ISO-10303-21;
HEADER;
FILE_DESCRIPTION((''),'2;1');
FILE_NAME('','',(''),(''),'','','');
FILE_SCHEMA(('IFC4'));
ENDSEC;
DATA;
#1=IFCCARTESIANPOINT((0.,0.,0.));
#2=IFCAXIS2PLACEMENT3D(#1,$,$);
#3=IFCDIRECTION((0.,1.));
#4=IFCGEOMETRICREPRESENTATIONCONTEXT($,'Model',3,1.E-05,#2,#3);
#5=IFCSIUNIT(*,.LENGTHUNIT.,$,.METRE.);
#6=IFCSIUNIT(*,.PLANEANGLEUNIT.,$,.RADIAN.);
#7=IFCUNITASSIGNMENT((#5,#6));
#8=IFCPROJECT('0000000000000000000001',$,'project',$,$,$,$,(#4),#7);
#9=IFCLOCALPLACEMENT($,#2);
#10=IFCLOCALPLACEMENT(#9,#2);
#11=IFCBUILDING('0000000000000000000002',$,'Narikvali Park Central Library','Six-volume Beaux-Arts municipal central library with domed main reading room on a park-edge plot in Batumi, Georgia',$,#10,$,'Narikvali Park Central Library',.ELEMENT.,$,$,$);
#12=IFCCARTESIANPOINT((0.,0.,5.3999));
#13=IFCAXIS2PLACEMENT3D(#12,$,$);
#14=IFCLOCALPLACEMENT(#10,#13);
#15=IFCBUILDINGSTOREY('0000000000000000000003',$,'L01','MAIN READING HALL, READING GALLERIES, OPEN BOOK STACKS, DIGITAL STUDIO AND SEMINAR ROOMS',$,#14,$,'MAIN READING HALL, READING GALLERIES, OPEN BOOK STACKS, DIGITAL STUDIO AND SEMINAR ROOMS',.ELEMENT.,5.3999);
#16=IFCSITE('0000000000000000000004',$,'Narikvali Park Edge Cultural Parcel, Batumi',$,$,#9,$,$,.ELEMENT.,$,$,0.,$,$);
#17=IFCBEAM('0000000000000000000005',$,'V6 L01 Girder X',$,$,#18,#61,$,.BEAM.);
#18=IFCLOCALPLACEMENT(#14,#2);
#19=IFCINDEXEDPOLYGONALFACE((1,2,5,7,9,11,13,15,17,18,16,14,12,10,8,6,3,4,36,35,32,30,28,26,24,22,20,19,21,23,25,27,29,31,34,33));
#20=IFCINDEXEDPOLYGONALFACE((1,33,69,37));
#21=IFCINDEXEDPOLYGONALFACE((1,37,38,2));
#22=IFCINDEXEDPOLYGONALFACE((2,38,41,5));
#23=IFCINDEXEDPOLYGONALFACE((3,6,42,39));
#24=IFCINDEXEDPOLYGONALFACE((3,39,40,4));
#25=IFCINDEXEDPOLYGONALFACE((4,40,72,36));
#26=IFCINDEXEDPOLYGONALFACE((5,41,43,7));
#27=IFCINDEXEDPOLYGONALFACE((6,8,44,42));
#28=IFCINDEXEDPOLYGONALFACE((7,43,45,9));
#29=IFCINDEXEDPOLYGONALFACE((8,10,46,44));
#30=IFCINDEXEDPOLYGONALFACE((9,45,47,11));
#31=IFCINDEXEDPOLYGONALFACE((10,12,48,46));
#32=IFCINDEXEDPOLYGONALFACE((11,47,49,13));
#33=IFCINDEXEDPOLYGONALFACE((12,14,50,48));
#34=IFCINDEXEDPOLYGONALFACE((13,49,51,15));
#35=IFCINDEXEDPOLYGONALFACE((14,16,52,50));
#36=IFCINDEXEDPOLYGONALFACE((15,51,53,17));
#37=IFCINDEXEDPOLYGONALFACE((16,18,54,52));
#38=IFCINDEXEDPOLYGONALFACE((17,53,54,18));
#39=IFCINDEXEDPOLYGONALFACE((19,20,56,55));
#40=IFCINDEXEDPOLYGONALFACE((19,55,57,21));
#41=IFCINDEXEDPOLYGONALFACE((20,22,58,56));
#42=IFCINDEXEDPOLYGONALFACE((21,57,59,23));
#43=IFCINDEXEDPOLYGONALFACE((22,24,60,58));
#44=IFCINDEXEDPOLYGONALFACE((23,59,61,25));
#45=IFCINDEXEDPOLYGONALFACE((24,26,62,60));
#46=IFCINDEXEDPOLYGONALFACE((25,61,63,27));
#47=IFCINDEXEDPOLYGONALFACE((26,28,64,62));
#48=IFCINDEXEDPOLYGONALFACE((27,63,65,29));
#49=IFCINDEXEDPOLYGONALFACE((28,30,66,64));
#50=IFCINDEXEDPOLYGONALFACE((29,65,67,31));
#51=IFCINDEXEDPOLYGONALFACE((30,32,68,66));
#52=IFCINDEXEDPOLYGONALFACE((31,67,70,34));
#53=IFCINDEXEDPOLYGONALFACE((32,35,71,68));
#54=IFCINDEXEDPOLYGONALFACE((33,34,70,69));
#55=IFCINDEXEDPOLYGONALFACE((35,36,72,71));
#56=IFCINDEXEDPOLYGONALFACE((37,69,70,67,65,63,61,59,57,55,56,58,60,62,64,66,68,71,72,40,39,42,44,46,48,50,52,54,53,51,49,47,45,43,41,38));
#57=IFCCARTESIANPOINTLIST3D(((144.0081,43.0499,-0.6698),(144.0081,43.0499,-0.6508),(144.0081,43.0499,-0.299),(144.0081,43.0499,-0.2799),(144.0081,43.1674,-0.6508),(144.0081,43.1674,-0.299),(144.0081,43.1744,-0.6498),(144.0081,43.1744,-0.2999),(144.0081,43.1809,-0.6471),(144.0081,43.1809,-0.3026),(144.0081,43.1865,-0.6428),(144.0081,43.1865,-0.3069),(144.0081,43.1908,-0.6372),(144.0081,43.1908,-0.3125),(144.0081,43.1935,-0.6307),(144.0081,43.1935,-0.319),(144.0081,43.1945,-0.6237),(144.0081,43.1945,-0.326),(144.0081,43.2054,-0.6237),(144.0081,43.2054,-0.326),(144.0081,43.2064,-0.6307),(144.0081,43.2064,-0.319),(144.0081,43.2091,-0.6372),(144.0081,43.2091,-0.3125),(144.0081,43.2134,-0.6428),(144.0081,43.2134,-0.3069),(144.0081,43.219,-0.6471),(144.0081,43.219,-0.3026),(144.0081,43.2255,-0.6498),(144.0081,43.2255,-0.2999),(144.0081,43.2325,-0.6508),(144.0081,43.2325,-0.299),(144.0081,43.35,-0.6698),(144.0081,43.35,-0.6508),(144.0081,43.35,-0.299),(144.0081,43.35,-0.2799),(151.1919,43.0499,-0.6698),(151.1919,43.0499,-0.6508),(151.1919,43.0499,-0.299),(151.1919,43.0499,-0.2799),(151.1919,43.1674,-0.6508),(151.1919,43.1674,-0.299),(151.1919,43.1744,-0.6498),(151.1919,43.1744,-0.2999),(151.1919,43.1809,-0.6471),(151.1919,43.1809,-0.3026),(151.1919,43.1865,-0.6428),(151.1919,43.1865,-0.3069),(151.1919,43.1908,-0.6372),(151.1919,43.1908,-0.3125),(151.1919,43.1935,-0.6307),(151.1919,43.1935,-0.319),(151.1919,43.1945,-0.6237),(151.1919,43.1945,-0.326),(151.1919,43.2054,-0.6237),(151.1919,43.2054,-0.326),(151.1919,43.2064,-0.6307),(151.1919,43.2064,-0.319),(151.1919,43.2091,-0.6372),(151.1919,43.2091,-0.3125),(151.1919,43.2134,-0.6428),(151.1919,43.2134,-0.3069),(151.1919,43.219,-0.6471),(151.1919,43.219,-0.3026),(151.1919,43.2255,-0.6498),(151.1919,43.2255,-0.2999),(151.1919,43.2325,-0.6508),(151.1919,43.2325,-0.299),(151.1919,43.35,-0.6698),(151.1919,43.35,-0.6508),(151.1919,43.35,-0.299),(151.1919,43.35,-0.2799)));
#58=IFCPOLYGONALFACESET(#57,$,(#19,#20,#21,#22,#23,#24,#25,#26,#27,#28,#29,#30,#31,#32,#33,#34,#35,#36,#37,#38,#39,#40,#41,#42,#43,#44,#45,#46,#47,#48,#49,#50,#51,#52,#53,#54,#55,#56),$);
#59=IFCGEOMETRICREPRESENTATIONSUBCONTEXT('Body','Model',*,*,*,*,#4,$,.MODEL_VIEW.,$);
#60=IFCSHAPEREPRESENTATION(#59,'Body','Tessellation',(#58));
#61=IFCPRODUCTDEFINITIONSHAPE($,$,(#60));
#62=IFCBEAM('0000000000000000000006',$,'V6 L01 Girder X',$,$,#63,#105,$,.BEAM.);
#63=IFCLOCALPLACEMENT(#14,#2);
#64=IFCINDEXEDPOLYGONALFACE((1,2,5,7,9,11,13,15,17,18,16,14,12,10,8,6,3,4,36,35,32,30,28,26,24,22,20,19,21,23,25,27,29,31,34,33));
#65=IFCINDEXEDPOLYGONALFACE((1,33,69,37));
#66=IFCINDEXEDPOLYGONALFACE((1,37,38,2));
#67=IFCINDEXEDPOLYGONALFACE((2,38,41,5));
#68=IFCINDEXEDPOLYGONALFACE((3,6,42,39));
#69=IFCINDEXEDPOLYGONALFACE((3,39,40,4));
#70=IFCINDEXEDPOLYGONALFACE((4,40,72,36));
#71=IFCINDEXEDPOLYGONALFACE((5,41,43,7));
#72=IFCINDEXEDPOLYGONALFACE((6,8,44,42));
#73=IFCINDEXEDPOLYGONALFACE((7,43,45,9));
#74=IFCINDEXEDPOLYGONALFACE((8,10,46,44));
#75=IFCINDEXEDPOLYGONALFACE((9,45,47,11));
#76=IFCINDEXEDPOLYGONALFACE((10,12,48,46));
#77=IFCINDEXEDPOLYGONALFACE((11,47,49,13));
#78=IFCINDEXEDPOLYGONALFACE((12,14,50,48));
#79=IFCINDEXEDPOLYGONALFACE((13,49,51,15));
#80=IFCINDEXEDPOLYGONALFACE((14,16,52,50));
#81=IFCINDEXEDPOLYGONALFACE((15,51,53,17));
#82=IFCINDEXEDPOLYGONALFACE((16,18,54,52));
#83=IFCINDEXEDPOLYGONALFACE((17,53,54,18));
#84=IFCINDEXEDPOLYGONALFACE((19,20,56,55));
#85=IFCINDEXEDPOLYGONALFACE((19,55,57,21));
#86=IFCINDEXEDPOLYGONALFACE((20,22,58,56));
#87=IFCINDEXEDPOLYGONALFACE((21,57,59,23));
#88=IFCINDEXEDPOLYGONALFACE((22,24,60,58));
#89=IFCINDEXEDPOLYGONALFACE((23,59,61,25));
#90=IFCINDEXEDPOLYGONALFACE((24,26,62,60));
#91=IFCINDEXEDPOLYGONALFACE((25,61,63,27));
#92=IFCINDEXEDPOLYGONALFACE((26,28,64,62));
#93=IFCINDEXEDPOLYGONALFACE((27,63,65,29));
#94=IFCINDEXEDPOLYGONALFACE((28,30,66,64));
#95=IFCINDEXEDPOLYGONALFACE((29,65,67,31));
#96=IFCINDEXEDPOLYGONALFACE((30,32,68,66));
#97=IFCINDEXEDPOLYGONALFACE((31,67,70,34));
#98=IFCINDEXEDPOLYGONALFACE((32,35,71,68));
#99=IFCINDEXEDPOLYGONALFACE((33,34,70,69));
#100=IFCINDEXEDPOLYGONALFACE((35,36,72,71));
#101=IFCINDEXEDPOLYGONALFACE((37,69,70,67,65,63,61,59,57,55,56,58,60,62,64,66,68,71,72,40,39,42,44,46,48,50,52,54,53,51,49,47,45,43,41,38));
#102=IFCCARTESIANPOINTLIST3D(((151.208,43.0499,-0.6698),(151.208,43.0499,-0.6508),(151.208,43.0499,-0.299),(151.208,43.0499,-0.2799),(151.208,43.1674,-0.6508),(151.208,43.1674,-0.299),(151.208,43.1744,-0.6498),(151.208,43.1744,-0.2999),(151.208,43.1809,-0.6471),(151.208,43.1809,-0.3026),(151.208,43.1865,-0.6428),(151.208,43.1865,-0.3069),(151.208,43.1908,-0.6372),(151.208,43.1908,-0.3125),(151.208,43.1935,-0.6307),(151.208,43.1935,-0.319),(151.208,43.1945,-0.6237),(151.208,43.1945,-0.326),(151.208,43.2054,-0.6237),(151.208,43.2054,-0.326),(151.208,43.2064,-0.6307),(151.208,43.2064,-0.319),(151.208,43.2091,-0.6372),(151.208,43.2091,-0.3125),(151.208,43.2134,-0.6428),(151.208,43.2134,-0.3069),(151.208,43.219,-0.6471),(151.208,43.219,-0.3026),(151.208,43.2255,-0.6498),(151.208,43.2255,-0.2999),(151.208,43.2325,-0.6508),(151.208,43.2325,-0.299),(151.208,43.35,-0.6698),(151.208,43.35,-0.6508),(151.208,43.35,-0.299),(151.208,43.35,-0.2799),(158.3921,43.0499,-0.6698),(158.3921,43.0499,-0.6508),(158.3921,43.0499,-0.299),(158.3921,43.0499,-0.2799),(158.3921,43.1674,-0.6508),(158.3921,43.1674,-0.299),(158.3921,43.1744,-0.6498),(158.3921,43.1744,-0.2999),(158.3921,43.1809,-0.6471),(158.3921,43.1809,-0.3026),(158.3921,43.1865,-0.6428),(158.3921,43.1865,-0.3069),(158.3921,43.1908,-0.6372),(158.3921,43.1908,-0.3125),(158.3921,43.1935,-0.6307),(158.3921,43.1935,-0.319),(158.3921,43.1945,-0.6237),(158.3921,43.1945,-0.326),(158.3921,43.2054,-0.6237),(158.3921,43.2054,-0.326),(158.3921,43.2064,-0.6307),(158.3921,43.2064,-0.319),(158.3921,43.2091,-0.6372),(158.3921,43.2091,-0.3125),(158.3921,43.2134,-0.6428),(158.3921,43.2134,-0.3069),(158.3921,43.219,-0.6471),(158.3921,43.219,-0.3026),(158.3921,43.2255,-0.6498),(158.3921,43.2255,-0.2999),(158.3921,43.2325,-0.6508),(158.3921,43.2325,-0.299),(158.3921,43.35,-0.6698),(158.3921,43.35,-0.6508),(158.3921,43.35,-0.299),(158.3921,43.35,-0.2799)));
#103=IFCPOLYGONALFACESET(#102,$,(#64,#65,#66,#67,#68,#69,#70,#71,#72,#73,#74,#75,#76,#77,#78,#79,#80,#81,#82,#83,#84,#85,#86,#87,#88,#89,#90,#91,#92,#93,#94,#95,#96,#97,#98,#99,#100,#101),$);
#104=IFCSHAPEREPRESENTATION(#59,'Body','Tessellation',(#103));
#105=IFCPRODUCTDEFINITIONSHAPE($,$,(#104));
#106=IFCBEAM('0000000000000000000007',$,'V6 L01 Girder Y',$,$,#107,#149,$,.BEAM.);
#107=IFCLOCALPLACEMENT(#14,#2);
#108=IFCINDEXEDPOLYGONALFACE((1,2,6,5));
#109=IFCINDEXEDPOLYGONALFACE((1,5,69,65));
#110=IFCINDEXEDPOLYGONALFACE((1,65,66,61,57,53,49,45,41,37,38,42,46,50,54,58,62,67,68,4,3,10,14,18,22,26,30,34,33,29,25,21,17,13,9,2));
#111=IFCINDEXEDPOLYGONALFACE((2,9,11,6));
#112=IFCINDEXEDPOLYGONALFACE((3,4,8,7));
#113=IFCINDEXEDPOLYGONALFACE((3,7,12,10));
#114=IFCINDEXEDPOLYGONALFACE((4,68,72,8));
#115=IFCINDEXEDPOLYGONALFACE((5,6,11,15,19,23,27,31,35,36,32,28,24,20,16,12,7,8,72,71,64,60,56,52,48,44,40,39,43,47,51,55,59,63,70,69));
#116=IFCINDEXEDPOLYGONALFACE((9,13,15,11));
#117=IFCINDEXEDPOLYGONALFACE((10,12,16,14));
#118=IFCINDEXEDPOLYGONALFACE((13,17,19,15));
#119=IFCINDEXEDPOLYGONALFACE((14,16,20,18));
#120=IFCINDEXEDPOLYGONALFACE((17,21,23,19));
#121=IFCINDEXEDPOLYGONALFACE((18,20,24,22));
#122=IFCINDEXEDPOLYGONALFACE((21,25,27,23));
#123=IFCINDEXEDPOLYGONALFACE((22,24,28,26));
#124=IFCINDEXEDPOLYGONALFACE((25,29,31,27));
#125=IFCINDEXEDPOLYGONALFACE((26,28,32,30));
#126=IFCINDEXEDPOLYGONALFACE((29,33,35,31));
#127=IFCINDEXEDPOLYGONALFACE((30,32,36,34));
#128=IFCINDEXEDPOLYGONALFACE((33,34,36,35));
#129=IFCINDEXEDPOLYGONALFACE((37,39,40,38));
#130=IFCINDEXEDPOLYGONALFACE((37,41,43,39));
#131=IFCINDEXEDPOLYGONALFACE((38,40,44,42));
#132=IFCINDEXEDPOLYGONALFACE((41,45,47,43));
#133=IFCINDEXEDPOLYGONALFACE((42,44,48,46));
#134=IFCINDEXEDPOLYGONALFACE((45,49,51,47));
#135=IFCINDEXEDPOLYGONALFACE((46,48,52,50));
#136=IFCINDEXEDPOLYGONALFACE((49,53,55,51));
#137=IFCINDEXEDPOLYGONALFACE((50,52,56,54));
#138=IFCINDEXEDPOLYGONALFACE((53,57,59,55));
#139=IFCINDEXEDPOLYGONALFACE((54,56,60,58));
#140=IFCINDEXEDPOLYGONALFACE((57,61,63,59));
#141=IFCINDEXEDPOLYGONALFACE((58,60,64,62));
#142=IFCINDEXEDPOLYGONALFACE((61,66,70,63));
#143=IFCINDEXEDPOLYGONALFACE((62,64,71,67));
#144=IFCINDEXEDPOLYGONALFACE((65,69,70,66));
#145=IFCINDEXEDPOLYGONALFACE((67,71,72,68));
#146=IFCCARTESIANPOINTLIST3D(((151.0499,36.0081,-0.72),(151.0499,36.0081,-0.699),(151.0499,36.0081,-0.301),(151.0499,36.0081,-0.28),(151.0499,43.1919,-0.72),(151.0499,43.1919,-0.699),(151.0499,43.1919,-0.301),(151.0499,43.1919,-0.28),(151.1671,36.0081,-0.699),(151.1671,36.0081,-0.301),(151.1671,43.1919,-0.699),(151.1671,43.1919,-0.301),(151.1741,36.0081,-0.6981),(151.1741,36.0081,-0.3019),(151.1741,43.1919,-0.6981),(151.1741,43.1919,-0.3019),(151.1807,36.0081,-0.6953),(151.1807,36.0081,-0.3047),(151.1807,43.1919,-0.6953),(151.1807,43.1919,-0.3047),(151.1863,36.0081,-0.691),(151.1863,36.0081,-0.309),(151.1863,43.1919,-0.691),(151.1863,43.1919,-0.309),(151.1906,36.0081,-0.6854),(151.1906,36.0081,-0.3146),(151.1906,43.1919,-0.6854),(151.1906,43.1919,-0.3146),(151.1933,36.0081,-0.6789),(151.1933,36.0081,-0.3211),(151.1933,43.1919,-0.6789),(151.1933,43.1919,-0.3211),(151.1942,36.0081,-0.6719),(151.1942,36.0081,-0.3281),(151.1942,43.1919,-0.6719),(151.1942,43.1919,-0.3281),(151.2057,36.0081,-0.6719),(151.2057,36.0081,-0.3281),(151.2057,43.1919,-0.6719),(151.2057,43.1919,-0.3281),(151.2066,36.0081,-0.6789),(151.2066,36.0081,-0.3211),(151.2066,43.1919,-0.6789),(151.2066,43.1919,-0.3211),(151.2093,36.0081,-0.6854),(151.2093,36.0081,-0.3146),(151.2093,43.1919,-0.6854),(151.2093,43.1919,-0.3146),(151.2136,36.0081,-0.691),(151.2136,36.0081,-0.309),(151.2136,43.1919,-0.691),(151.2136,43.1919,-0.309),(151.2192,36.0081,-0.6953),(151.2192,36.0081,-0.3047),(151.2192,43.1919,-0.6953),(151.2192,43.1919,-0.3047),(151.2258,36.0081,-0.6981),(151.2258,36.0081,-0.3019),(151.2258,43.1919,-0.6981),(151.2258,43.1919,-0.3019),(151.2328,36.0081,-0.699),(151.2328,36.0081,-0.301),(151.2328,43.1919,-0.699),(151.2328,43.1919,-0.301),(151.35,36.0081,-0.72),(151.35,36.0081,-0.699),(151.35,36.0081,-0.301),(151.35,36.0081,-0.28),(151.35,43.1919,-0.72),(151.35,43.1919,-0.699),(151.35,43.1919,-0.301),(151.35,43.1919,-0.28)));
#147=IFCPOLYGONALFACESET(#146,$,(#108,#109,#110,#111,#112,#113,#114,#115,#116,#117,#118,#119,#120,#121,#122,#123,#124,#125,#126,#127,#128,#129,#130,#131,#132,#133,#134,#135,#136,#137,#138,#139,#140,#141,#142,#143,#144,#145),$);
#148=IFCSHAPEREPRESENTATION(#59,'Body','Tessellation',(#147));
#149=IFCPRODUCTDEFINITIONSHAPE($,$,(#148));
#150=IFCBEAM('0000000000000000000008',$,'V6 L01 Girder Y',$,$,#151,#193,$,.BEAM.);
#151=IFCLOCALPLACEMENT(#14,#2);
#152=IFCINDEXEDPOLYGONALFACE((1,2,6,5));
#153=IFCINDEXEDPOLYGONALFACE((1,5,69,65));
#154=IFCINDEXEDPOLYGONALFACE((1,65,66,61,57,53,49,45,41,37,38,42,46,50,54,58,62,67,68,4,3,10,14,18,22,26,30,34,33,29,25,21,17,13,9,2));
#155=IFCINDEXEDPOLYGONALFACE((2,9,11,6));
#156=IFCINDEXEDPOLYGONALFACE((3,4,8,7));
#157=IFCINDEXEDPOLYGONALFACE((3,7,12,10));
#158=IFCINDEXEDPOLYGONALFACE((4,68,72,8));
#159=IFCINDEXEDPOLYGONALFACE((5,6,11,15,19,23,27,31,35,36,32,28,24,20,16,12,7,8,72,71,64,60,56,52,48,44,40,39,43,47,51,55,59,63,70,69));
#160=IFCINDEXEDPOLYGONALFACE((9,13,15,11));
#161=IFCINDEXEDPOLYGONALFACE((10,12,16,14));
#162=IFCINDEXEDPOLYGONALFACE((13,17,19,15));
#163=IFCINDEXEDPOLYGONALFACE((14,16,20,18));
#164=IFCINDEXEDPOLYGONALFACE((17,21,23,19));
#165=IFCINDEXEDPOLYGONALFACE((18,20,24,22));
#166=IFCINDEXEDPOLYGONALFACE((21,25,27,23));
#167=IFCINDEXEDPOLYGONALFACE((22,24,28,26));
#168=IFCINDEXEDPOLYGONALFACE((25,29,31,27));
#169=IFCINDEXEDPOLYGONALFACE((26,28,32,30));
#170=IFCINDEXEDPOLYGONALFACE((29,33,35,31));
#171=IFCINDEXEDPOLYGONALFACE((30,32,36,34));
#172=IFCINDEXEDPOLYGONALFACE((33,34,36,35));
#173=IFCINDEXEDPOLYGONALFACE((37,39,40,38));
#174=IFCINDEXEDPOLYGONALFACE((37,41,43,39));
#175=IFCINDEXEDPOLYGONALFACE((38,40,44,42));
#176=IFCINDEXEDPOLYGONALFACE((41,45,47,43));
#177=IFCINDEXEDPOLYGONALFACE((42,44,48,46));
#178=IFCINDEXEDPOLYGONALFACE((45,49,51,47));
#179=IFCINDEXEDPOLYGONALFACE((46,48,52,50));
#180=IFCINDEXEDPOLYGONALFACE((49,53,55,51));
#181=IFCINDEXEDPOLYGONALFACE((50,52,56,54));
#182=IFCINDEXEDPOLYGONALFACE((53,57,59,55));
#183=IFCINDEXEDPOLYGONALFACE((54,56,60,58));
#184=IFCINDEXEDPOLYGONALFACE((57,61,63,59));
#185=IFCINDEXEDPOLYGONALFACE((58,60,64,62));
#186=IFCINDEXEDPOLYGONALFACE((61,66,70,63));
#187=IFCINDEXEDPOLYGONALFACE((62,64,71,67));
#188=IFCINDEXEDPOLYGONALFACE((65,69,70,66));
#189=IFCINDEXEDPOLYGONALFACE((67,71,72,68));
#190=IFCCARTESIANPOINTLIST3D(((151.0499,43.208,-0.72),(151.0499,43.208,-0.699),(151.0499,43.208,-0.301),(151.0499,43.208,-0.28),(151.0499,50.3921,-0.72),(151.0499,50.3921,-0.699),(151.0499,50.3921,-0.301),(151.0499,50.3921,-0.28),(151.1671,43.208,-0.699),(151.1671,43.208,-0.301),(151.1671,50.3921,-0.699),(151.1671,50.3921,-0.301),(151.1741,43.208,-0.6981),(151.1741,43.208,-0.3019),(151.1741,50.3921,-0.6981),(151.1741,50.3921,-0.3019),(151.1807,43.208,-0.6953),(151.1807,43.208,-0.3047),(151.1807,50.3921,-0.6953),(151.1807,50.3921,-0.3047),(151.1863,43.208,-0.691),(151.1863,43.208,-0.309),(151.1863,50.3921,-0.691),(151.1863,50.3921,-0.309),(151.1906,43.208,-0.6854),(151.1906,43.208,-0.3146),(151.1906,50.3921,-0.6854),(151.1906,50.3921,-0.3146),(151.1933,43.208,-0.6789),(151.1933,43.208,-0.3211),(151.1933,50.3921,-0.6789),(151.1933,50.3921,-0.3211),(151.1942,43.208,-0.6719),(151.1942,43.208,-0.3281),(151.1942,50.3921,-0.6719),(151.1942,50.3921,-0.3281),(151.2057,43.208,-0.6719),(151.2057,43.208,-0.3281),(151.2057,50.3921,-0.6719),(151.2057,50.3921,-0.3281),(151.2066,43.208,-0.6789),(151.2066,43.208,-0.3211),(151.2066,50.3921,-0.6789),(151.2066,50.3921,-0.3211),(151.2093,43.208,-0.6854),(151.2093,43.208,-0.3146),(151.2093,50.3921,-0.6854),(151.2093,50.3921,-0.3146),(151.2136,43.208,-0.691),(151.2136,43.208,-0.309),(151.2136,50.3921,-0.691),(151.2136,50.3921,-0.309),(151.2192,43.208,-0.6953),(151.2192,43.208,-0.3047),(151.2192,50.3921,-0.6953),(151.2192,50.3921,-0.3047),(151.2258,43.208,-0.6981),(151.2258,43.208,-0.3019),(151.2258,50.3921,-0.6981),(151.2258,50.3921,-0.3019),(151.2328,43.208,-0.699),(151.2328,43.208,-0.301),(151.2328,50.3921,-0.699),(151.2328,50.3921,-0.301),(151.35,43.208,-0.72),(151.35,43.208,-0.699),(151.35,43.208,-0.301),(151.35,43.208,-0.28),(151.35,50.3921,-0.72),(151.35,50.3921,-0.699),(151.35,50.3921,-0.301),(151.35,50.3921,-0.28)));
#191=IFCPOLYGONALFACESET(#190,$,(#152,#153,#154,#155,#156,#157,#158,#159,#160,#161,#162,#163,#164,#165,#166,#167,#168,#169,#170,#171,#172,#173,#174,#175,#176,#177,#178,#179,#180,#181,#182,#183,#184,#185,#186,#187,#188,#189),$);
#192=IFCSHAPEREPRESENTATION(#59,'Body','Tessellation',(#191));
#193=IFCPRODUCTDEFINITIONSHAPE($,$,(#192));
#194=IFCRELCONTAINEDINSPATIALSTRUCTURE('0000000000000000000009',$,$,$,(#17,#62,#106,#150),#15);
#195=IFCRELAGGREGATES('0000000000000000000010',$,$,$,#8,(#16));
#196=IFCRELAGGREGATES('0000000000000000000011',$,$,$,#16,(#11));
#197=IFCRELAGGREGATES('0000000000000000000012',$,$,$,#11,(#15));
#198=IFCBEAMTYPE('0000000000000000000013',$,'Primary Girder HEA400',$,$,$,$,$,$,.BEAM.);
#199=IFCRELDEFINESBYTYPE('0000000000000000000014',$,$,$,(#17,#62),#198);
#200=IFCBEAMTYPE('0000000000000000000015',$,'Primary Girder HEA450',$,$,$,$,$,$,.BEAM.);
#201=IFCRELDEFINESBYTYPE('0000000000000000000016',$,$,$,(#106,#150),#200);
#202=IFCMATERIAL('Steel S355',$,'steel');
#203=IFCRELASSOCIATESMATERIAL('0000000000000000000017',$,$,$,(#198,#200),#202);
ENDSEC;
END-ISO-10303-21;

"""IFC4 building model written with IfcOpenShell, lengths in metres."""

from ifc_helpers import new_model, si_unit, direction, frame, origin, origin_2d, place, context, subcontext, project, spatial, i_section, extrude, material, material_profile, profile_set, type_object, element, save


model = new_model("IFC4")

# Units and contexts
model_context = context("Model", 3, precision=1e-05, world=origin(), true_north=direction((0.0, 1.0)))
body_context = subcontext(model_context, "Body", "Model", "MODEL_VIEW")
ifc_project = project(units=[si_unit("LENGTHUNIT", "METRE"), si_unit("PLANEANGLEUNIT", "RADIAN")], contexts=[model_context])

# Site, building, storey
site_placement = place(None, origin())
site = spatial("IfcSite", under=ifc_project, at=site_placement, Name="Narikvali Park Edge Cultural Parcel, Batumi", CompositionType="ELEMENT", RefElevation=0.0)
building_placement = place(site_placement, origin())
building = spatial("IfcBuilding", under=site, at=building_placement, Name="Narikvali Park Central Library", Description="Six-volume Beaux-Arts municipal central library with domed main reading room on a park-edge plot in Batumi, Georgia", LongName="Narikvali Park Central Library", CompositionType="ELEMENT")
storey_placement = place(building_placement, frame((0.0, 0.0, 5.3999)))
storey = spatial("IfcBuildingStorey", under=building, at=storey_placement, Name="L01", Description="MAIN READING HALL, READING GALLERIES, OPEN BOOK STACKS, DIGITAL STUDIO AND SEMINAR ROOMS", LongName="MAIN READING HALL, READING GALLERIES, OPEN BOOK STACKS, DIGITAL STUDIO AND SEMINAR ROOMS", CompositionType="ELEMENT", Elevation=5.3999)

# Shared definitions
ifc_material_1 = material(Name="Steel S355", Category="steel")

# Beams
ifc_material_profile_1 = material_profile(ifc_material_1, i_section(OverallWidth=0.3, OverallDepth=0.3899, WebThickness=0.011, FlangeThickness=0.019, FilletRadius=0.0271, at=origin_2d()), Name="HEA 400")
ifc_profile_set_1 = profile_set([ifc_material_profile_1], Name="Steel S355")
beam_type_1 = type_object("IfcBeamType", Name="Primary Girder HEA400", PredefinedType="BEAM", material=ifc_profile_set_1)
beam_1_placement = place(storey_placement, frame((144.0081, 43.2, -0.4749), z_axis=(1.0, 0.0, 0.0), x_axis=(0.0, 1.0, 0.0)))
element("IfcBeam", 1, at=beam_1_placement, inside=storey, type_object=beam_type_1, Name="V6 L01 Girder X", PredefinedType="BEAM", context=body_context, shape_type="SweptSolid", body=[
    extrude(i_section(OverallWidth=0.3, OverallDepth=0.3899, WebThickness=0.011, FlangeThickness=0.019, FilletRadius=0.0271, at=origin_2d()), origin(), (0.0, 0.0, 1.0), 7.1838),
])
beam_2_placement = place(storey_placement, frame((151.208, 43.2, -0.4749), z_axis=(1.0, 0.0, 0.0), x_axis=(0.0, 1.0, 0.0)))
element("IfcBeam", 2, at=beam_2_placement, inside=storey, type_object=beam_type_1, Name="V6 L01 Girder X", PredefinedType="BEAM", context=body_context, shape_type="SweptSolid", body=[
    extrude(i_section(OverallWidth=0.3, OverallDepth=0.3899, WebThickness=0.011, FlangeThickness=0.019, FilletRadius=0.0271, at=origin_2d()), origin(), (0.0, 0.0, 1.0), 7.1841),
])
ifc_material_profile_2 = material_profile(ifc_material_1, i_section(OverallWidth=0.3, OverallDepth=0.4399, WebThickness=0.0115, FlangeThickness=0.021, FilletRadius=0.0271, at=origin_2d()), Name="HEA 450")
ifc_profile_set_2 = profile_set([ifc_material_profile_2], Name="Steel S355")
beam_type_2 = type_object("IfcBeamType", Name="Primary Girder HEA450", PredefinedType="BEAM", material=ifc_profile_set_2)
beam_3_placement = place(storey_placement, frame((151.2, 36.0081, -0.5), z_axis=(0.0, 1.0, 0.0), x_axis=(-1.0, 0.0, 0.0)))
element("IfcBeam", 3, at=beam_3_placement, inside=storey, type_object=beam_type_2, Name="V6 L01 Girder Y", PredefinedType="BEAM", context=body_context, shape_type="SweptSolid", body=[
    extrude(i_section(OverallWidth=0.3, OverallDepth=0.4399, WebThickness=0.0115, FlangeThickness=0.021, FilletRadius=0.0271, at=origin_2d()), origin(), (0.0, 0.0, 1.0), 7.1838),
])
beam_4_placement = place(storey_placement, frame((151.2, 43.208, -0.5), z_axis=(0.0, 1.0, 0.0), x_axis=(-1.0, 0.0, 0.0)))
element("IfcBeam", 4, at=beam_4_placement, inside=storey, type_object=beam_type_2, Name="V6 L01 Girder Y", PredefinedType="BEAM", context=body_context, shape_type="SweptSolid", body=[
    extrude(i_section(OverallWidth=0.3, OverallDepth=0.4399, WebThickness=0.0115, FlangeThickness=0.021, FilletRadius=0.0271, at=origin_2d()), origin(), (0.0, 0.0, 1.0), 7.1841),
])

save(model, "model.ifc")
